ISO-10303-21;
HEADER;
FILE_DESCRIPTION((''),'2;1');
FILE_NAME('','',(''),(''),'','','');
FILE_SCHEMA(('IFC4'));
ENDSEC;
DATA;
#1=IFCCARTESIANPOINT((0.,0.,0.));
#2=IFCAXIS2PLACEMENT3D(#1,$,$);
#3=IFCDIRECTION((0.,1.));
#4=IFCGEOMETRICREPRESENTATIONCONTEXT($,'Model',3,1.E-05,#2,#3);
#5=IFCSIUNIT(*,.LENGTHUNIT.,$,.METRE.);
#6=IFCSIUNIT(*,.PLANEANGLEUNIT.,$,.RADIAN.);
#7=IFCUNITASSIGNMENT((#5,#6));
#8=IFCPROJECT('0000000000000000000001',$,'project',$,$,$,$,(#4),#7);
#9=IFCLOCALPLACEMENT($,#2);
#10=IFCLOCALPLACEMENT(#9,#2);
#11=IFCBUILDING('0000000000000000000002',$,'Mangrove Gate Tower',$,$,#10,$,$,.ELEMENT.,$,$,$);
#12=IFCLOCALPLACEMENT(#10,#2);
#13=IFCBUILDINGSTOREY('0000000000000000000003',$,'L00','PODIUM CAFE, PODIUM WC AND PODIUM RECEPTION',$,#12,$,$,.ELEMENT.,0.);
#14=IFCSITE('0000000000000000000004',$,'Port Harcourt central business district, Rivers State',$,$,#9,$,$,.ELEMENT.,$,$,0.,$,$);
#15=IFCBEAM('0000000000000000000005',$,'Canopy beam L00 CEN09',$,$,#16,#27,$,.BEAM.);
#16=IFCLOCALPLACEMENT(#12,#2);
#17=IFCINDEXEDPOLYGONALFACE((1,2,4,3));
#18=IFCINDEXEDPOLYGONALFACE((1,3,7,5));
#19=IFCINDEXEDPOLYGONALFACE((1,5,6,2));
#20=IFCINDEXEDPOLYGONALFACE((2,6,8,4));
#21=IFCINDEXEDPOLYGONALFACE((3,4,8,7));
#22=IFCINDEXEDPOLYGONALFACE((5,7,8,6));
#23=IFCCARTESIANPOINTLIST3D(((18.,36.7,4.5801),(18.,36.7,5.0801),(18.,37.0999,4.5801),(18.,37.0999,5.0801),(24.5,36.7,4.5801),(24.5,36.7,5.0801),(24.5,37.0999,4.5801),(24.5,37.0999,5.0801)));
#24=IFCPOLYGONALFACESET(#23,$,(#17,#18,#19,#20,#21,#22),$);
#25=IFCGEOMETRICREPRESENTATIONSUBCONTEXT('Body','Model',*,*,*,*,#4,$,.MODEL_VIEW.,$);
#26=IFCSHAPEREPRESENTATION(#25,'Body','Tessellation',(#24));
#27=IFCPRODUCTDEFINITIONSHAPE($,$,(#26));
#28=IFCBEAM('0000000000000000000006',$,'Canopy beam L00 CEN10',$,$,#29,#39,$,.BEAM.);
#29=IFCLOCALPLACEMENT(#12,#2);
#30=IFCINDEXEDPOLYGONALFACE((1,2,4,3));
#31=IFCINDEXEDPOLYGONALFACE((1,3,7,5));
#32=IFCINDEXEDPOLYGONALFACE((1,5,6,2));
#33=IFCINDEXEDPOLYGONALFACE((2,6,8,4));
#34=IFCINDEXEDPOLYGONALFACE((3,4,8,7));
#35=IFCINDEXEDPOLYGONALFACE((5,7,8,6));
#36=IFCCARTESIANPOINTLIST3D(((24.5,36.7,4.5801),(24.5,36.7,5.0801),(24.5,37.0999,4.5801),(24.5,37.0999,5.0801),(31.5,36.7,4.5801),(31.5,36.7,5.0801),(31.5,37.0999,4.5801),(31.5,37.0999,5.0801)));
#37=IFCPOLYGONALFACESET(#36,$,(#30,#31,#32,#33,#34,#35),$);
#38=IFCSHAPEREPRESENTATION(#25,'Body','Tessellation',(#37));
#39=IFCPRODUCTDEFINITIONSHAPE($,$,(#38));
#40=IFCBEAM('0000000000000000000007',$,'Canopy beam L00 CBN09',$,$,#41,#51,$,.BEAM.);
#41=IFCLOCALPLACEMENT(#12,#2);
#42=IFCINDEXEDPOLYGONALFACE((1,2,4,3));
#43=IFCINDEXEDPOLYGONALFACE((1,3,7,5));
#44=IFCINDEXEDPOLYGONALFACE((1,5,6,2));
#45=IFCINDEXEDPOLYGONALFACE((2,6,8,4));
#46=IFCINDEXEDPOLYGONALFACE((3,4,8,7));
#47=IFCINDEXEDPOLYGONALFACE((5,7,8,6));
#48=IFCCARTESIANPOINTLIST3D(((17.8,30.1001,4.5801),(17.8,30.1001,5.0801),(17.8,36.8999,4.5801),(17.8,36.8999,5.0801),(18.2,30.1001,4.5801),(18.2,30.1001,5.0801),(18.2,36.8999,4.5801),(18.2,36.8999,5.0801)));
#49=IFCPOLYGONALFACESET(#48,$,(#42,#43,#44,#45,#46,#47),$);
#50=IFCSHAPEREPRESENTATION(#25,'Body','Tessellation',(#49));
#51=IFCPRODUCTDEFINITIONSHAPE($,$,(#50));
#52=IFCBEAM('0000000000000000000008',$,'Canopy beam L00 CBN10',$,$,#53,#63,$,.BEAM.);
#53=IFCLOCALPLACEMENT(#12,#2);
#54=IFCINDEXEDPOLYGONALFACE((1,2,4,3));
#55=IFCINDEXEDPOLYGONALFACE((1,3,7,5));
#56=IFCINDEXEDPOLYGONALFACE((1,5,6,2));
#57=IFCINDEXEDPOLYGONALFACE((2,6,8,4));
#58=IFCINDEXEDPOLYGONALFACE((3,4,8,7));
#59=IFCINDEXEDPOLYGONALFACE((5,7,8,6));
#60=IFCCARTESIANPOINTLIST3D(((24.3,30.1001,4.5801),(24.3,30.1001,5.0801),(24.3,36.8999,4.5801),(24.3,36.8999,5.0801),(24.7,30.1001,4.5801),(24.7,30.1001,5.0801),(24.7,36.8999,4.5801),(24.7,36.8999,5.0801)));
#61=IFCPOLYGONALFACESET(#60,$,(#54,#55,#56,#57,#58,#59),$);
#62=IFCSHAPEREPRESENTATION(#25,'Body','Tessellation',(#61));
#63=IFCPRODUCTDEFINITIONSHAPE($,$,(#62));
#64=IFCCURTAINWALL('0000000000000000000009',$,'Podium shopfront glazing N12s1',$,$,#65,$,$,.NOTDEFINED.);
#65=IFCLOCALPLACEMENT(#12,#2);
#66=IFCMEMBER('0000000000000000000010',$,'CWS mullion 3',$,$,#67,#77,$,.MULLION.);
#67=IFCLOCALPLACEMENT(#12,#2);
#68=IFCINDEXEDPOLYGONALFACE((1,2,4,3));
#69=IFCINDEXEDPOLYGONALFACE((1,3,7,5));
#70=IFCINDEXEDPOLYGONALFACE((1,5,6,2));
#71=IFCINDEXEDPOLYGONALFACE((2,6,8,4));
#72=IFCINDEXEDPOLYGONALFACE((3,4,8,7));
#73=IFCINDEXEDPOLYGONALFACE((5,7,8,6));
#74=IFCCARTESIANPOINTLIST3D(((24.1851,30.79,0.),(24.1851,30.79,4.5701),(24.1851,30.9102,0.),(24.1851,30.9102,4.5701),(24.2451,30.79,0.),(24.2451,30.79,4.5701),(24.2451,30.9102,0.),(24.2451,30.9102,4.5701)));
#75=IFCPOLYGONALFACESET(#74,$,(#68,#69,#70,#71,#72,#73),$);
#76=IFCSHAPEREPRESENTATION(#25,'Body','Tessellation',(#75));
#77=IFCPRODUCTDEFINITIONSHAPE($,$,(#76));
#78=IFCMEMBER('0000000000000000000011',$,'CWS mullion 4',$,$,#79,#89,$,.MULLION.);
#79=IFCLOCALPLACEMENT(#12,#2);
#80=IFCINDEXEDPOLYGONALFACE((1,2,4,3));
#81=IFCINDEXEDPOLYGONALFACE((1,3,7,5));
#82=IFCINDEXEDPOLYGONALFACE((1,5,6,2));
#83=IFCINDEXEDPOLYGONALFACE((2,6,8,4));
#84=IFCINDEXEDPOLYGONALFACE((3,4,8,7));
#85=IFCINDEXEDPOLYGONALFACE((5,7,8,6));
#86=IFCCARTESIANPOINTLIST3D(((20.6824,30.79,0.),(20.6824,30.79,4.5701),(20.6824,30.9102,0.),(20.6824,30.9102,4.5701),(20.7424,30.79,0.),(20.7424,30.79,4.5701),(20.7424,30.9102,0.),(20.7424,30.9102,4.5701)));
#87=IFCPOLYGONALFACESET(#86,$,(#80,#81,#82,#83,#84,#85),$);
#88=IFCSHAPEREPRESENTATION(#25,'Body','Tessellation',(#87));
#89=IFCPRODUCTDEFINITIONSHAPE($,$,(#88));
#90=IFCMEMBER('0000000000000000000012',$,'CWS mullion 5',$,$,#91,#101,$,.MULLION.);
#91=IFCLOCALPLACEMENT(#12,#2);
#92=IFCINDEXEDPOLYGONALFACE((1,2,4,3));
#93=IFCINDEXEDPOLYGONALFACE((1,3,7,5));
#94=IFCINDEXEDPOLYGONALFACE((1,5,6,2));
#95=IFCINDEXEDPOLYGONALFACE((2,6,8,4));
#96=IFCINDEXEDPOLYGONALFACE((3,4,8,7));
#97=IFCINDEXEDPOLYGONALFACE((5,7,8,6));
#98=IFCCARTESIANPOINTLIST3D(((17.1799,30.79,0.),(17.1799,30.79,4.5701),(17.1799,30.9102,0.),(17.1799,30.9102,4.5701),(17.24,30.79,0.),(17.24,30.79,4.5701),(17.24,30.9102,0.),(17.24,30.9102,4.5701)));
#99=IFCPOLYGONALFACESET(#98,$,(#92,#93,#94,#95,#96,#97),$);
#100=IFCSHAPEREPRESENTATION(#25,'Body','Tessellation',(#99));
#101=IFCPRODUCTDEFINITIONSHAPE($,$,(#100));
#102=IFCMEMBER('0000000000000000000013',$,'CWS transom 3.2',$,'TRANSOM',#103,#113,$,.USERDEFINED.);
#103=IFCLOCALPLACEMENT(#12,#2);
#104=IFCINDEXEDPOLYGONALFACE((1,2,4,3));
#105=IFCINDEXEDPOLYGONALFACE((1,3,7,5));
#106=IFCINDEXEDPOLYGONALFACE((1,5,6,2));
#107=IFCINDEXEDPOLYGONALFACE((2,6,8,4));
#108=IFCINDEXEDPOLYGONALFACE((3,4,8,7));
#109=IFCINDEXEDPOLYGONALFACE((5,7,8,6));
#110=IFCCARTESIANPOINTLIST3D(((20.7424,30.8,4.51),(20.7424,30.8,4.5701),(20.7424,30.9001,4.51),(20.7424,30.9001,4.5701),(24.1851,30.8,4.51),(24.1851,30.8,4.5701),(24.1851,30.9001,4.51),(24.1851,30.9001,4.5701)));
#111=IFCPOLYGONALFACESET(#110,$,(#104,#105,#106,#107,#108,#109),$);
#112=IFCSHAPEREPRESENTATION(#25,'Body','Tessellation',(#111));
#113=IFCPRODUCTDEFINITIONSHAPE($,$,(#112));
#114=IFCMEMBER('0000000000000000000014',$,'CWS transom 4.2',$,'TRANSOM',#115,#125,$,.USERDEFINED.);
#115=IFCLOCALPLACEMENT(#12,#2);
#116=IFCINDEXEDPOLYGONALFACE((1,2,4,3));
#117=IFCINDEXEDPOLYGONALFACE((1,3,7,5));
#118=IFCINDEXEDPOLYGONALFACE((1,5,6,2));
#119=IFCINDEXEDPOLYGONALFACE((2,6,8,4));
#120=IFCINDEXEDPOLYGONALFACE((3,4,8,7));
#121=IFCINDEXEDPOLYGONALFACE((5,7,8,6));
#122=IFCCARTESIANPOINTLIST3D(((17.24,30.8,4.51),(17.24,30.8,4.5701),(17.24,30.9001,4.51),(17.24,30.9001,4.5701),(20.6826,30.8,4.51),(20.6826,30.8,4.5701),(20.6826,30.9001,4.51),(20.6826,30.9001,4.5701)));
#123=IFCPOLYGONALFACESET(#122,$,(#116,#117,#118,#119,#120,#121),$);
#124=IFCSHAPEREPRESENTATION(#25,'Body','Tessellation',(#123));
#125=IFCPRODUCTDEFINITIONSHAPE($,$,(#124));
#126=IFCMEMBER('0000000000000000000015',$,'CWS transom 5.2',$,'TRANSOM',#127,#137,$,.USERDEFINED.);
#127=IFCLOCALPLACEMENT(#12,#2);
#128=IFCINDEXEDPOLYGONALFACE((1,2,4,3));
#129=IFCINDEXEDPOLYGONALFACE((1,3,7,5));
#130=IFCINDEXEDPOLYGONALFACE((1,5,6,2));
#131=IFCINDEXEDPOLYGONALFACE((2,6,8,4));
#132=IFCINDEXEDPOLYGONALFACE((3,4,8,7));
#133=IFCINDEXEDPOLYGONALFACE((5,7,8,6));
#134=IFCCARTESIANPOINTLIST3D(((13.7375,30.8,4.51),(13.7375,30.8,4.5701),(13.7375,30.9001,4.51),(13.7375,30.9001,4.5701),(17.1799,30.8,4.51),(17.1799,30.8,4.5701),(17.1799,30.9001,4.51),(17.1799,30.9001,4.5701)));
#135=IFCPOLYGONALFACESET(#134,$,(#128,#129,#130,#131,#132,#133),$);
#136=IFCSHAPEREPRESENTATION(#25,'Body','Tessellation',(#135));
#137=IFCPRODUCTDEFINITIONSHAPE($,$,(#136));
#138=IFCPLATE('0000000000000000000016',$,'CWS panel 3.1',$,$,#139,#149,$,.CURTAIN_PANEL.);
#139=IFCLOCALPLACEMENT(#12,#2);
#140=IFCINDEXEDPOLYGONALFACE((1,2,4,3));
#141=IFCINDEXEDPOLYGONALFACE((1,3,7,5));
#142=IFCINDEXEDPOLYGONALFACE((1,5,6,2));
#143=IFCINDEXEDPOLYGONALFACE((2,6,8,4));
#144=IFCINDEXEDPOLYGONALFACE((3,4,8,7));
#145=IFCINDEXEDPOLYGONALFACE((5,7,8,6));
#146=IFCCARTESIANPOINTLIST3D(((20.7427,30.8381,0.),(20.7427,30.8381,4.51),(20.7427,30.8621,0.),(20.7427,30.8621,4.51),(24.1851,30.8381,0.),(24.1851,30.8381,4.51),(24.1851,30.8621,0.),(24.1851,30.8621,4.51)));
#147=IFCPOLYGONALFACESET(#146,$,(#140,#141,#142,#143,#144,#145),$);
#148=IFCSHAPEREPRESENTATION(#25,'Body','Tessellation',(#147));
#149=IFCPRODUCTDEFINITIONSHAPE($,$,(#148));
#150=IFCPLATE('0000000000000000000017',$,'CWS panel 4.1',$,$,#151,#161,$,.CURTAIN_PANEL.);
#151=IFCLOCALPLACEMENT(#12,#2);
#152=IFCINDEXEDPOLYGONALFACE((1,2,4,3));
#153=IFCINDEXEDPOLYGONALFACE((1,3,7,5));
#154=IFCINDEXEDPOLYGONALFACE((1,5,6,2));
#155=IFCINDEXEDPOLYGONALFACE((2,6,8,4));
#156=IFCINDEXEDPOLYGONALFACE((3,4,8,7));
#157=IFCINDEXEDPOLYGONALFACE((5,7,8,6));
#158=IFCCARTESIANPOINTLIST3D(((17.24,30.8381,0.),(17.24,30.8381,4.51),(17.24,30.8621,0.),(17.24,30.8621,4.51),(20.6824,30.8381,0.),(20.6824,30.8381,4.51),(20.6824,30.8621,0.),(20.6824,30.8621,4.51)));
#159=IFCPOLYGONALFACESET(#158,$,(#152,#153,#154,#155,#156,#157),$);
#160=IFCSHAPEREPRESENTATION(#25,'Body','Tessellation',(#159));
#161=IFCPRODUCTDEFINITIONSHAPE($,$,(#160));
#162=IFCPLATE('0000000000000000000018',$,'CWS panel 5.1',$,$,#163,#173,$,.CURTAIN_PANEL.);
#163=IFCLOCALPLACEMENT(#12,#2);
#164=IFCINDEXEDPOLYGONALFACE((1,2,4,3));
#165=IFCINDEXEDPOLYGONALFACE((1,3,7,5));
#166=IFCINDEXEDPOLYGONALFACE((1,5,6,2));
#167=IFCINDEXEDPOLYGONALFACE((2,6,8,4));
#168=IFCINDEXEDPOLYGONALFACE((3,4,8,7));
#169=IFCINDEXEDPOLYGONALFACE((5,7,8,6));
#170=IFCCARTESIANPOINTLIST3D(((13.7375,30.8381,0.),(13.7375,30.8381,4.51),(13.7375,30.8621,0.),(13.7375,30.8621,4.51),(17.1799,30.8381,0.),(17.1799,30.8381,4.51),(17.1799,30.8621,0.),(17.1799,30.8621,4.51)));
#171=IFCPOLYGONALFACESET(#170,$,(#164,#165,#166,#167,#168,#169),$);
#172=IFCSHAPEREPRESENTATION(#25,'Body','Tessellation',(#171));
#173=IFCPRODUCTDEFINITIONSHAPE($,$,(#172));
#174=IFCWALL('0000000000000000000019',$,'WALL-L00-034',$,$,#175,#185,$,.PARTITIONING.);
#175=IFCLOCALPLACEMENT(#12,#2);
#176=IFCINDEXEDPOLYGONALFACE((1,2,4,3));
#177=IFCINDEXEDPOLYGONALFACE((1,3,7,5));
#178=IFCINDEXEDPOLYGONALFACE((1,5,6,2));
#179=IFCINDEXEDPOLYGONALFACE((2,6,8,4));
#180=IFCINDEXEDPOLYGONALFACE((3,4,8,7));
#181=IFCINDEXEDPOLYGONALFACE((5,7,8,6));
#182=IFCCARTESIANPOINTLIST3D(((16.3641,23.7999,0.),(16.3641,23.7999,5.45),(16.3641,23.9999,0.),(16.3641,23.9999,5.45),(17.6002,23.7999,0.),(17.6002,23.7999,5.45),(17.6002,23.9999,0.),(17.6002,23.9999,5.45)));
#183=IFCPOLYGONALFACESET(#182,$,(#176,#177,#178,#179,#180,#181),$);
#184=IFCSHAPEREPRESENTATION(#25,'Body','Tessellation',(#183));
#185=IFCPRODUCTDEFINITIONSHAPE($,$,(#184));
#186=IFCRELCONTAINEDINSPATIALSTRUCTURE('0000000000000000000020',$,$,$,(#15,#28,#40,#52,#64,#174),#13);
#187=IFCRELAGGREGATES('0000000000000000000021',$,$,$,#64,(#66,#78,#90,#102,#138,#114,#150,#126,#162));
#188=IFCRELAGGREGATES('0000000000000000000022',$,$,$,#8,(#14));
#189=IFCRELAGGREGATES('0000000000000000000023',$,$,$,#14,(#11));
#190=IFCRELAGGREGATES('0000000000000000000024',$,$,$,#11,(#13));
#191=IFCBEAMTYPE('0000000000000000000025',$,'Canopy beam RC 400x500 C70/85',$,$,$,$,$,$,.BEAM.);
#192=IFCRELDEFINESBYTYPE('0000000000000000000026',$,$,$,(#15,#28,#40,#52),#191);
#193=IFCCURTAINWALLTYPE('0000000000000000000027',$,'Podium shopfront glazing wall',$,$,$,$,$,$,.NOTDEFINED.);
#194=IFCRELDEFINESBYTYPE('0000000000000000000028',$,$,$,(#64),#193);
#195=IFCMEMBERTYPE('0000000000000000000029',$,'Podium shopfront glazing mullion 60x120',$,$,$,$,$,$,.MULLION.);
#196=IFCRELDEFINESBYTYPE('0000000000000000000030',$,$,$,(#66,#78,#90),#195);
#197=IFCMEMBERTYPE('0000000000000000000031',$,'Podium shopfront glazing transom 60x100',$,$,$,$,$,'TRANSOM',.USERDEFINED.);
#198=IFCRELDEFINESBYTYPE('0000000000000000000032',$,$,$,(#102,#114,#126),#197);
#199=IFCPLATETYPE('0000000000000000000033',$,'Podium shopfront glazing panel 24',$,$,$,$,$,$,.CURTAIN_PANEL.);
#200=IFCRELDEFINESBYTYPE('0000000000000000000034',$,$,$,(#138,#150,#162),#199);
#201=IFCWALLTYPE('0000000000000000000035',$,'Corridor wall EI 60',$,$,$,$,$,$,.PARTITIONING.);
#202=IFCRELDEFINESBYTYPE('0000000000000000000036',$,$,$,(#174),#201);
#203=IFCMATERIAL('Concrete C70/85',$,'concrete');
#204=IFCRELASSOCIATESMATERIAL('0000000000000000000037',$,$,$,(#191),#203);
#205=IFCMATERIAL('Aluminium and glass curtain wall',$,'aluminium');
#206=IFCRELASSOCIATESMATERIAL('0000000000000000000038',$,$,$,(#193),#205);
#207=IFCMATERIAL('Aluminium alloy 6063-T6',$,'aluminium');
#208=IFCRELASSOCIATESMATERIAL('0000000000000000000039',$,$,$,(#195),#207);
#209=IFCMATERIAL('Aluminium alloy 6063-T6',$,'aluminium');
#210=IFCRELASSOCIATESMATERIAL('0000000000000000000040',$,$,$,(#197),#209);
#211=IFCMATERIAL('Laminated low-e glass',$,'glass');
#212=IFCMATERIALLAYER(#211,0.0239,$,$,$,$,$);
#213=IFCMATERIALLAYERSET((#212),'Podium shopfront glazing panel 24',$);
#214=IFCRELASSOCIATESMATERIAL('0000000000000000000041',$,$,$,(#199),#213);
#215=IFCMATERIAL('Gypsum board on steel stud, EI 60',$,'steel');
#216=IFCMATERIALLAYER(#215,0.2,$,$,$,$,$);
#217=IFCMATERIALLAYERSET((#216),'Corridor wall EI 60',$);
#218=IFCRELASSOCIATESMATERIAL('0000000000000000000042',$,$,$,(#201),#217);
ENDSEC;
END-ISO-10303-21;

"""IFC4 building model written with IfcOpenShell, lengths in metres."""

from ifc_helpers import new_model, si_unit, direction, frame, frame_2d, origin, origin_2d, place, context, subcontext, project, spatial, rectangle, extrude, material, layer, layer_set, material_profile, profile_set, type_object, element, aggregate, save


model = new_model("IFC4")

# Units and contexts
model_context = context("Model", 3, precision=1e-05, world=origin(), true_north=direction((0.0, 1.0)))
body_context = subcontext(model_context, "Body", "Model", "MODEL_VIEW")
ifc_project = project(units=[si_unit("LENGTHUNIT", "METRE"), si_unit("PLANEANGLEUNIT", "RADIAN")], contexts=[model_context])

# Site, building, storey
site_placement = place(None, origin())
site = spatial("IfcSite", under=ifc_project, at=site_placement, Name="Port Harcourt central business district, Rivers State", CompositionType="ELEMENT", RefElevation=0.0)
building_placement = place(site_placement, origin())
building = spatial("IfcBuilding", under=site, at=building_placement, Name="Mangrove Gate Tower", CompositionType="ELEMENT")
storey_placement = place(building_placement, origin())
storey = spatial("IfcBuildingStorey", under=building, at=storey_placement, Name="L00", Description="PODIUM CAFE, PODIUM WC AND PODIUM RECEPTION", CompositionType="ELEMENT", Elevation=0.0)

# Beams
ifc_material_1 = material(Name="Concrete C70/85", Category="concrete")
ifc_material_profile_1 = material_profile(ifc_material_1, rectangle(XDim=0.3999, YDim=0.5, at=origin_2d()))
ifc_profile_set_1 = profile_set([ifc_material_profile_1], Name="Concrete C70/85")
beam_type = type_object("IfcBeamType", Name="Canopy beam RC 400x500 C70/85", PredefinedType="BEAM", material=ifc_profile_set_1)
beam_1_placement = place(storey_placement, frame((18.0, 36.8999, 4.8301), z_axis=(1.0, 0.0, 0.0), x_axis=(0.0, 1.0, 0.0)))
element("IfcBeam", 1, at=beam_1_placement, inside=storey, type_object=beam_type, Name="Canopy beam L00 CEN09", PredefinedType="BEAM", context=body_context, shape_type="SweptSolid", body=[
    extrude(rectangle(XDim=0.3999, YDim=0.5, at=origin_2d()), origin(), (0.0, 0.0, 1.0), 6.5),
])
beam_2_placement = place(storey_placement, frame((24.5, 36.8999, 4.8301), z_axis=(1.0, 0.0, 0.0), x_axis=(0.0, 1.0, 0.0)))
element("IfcBeam", 2, at=beam_2_placement, inside=storey, type_object=beam_type, Name="Canopy beam L00 CEN10", PredefinedType="BEAM", context=body_context, shape_type="SweptSolid", body=[
    extrude(rectangle(XDim=0.3999, YDim=0.5, at=origin_2d()), origin(), (0.0, 0.0, 1.0), 7.0),
])
for number, where, z_axis, x_axis, name in (
    (3, (18.0, 30.1001, 4.8301), (0.0, 1.0, 0.0), (-1.0, 0.0, 0.0), "Canopy beam L00 CBN09"),
    (4, (24.5, 30.1001, 4.8301), (0.0, 1.0, 0.0), (-1.0, 0.0, 0.0), "Canopy beam L00 CBN10"),
):
    element("IfcBeam", number, at=place(storey_placement, frame(where, z_axis=z_axis, x_axis=x_axis)), inside=storey, type_object=beam_type, Name=name, PredefinedType="BEAM", context=body_context, shape_type="SweptSolid", body=[
        extrude(rectangle(XDim=0.3999, YDim=0.5, at=origin_2d()), origin(), (0.0, 0.0, 1.0), 6.7998),
    ])

# Curtain wall, members, plates
ifc_material_2 = material(Name="Aluminium and glass curtain wall", Category="aluminium")
curtain_wall_type = type_object("IfcCurtainWallType", Name="Podium shopfront glazing wall", PredefinedType="NOTDEFINED", material=ifc_material_2)
curtain_wall_placement = place(storey_placement, origin())
curtain_wall = element("IfcCurtainWall", 5, at=curtain_wall_placement, inside=storey, type_object=curtain_wall_type, Name="Podium shopfront glazing N12s1", PredefinedType="NOTDEFINED")
ifc_material_3 = material(Name="Aluminium alloy 6063-T6", Category="aluminium")
ifc_material_profile_2 = material_profile(ifc_material_3, rectangle(XDim=0.0601, YDim=0.1201, at=origin_2d()))
ifc_profile_set_2 = profile_set([ifc_material_profile_2], Name="Aluminium alloy 6063-T6")
member_type_1 = type_object("IfcMemberType", Name="Podium shopfront glazing mullion 60x120", PredefinedType="MULLION", material=ifc_profile_set_2)
member_1_placement = place(storey_placement, frame((24.2151, 30.8501, 0.0), z_axis=(0.0, 0.0, 1.0), x_axis=(-1.0, 0.0, 0.0)))
member_1 = element("IfcMember", 6, at=member_1_placement, type_object=member_type_1, Name="CWS mullion 3", PredefinedType="MULLION", context=body_context, shape_type="SweptSolid", body=[
    extrude(rectangle(XDim=0.0601, YDim=0.1201, at=origin_2d()), origin(), (0.0, 0.0, 1.0), 4.5701),
])
member_2_placement = place(storey_placement, frame((20.7124, 30.8501, 0.0), z_axis=(0.0, 0.0, 1.0), x_axis=(-1.0, 0.0, 0.0)))
member_2 = element("IfcMember", 7, at=member_2_placement, type_object=member_type_1, Name="CWS mullion 4", PredefinedType="MULLION", context=body_context, shape_type="SweptSolid", body=[
    extrude(rectangle(XDim=0.0601, YDim=0.1201, at=origin_2d()), origin(), (0.0, 0.0, 1.0), 4.5701),
])
member_3_placement = place(storey_placement, frame((17.21, 30.8501, 0.0), z_axis=(0.0, 0.0, 1.0), x_axis=(-1.0, 0.0, 0.0)))
member_3 = element("IfcMember", 8, at=member_3_placement, type_object=member_type_1, Name="CWS mullion 5", PredefinedType="MULLION", context=body_context, shape_type="SweptSolid", body=[
    extrude(rectangle(XDim=0.0601, YDim=0.1201, at=origin_2d()), origin(), (0.0, 0.0, 1.0), 4.5701),
])
ifc_material_4 = material(Name="Aluminium alloy 6063-T6", Category="aluminium")
ifc_material_profile_3 = material_profile(ifc_material_4, rectangle(XDim=0.0601, YDim=0.1001, at=origin_2d()))
ifc_profile_set_3 = profile_set([ifc_material_profile_3], Name="Aluminium alloy 6063-T6")
member_type_2 = type_object("IfcMemberType", Name="Podium shopfront glazing transom 60x100", ElementType="TRANSOM", PredefinedType="USERDEFINED", material=ifc_profile_set_3)
member_4_placement = place(storey_placement, frame((24.1851, 30.8501, 4.54), z_axis=(-1.0, 0.0, 0.0), x_axis=(0.0, 0.0, 1.0)))
member_4 = element("IfcMember", 9, at=member_4_placement, type_object=member_type_2, Name="CWS transom 3.2", ObjectType="TRANSOM", PredefinedType="USERDEFINED", context=body_context, shape_type="SweptSolid", body=[
    extrude(rectangle(XDim=0.0601, YDim=0.1001, at=origin_2d()), origin(), (0.0, 0.0, 1.0), 3.4426),
])
member_5_placement = place(storey_placement, frame((20.6826, 30.8501, 4.54), z_axis=(-1.0, 0.0, 0.0), x_axis=(0.0, 0.0, 1.0)))
member_5 = element("IfcMember", 10, at=member_5_placement, type_object=member_type_2, Name="CWS transom 4.2", ObjectType="TRANSOM", PredefinedType="USERDEFINED", context=body_context, shape_type="SweptSolid", body=[
    extrude(rectangle(XDim=0.0601, YDim=0.1001, at=origin_2d()), origin(), (0.0, 0.0, 1.0), 3.4426),
])
member_6_placement = place(storey_placement, frame((17.1799, 30.8501, 4.54), z_axis=(-1.0, 0.0, 0.0), x_axis=(0.0, 0.0, 1.0)))
member_6 = element("IfcMember", 11, at=member_6_placement, type_object=member_type_2, Name="CWS transom 5.2", ObjectType="TRANSOM", PredefinedType="USERDEFINED", context=body_context, shape_type="SweptSolid", body=[
    extrude(rectangle(XDim=0.0601, YDim=0.1001, at=origin_2d()), origin(), (0.0, 0.0, 1.0), 3.4424),
])
ifc_material_5 = material(Name="Laminated low-e glass", Category="glass")
ifc_layer_1 = layer(ifc_material_5, 0.0239)
ifc_layer_set_1 = layer_set([ifc_layer_1], Name="Podium shopfront glazing panel 24")
plate_type = type_object("IfcPlateType", Name="Podium shopfront glazing panel 24", PredefinedType="CURTAIN_PANEL", material=ifc_layer_set_1)
plate_1_placement = place(storey_placement, frame((22.4639, 30.8501, 0.0), z_axis=(0.0, 0.0, 1.0), x_axis=(-1.0, 0.0, 0.0)))
plate_1 = element("IfcPlate", 12, at=plate_1_placement, type_object=plate_type, Name="CWS panel 3.1", PredefinedType="CURTAIN_PANEL", context=body_context, shape_type="SweptSolid", body=[
    extrude(rectangle(XDim=3.4424, YDim=0.0239, at=origin_2d()), origin(), (0.0, 0.0, 1.0), 4.51),
])
plate_2_placement = place(storey_placement, frame((18.9612, 30.8501, 0.0), z_axis=(0.0, 0.0, 1.0), x_axis=(-1.0, 0.0, 0.0)))
plate_2 = element("IfcPlate", 13, at=plate_2_placement, type_object=plate_type, Name="CWS panel 4.1", PredefinedType="CURTAIN_PANEL", context=body_context, shape_type="SweptSolid", body=[
    extrude(rectangle(XDim=3.4424, YDim=0.0239, at=origin_2d()), origin(), (0.0, 0.0, 1.0), 4.51),
])
plate_3_placement = place(storey_placement, frame((15.4587, 30.8501, 0.0), z_axis=(0.0, 0.0, 1.0), x_axis=(-1.0, 0.0, 0.0)))
plate_3 = element("IfcPlate", 14, at=plate_3_placement, type_object=plate_type, Name="CWS panel 5.1", PredefinedType="CURTAIN_PANEL", context=body_context, shape_type="SweptSolid", body=[
    extrude(rectangle(XDim=3.4424, YDim=0.0239, at=origin_2d()), origin(), (0.0, 0.0, 1.0), 4.51),
])
aggregate(curtain_wall, [member_1, member_2, member_3, member_4, plate_1, member_5, plate_2, member_6, plate_3])

# Wall
ifc_material_6 = material(Name="Gypsum board on steel stud, EI 60", Category="steel")
ifc_layer_2 = layer(ifc_material_6, 0.2)
ifc_layer_set_2 = layer_set([ifc_layer_2], Name="Corridor wall EI 60")
wall_type = type_object("IfcWallType", Name="Corridor wall EI 60", PredefinedType="PARTITIONING", material=ifc_layer_set_2)
wall_1_placement = place(storey_placement, frame((16.364, 23.8999, 0.0), z_axis=(0.0, 0.0, 1.0), x_axis=(1.0, 0.0, 0.0)))
element("IfcWall", 15, at=wall_1_placement, inside=storey, type_object=wall_type, Name="WALL-L00-034", PredefinedType="PARTITIONING", context=body_context, shape_type="SweptSolid", body=[
    extrude(rectangle(XDim=1.2361, YDim=0.2, at=frame_2d((0.6182, 0.0))), origin(), (0.0, 0.0, 1.0), 5.45),
])

save(model, "model.ifc")
